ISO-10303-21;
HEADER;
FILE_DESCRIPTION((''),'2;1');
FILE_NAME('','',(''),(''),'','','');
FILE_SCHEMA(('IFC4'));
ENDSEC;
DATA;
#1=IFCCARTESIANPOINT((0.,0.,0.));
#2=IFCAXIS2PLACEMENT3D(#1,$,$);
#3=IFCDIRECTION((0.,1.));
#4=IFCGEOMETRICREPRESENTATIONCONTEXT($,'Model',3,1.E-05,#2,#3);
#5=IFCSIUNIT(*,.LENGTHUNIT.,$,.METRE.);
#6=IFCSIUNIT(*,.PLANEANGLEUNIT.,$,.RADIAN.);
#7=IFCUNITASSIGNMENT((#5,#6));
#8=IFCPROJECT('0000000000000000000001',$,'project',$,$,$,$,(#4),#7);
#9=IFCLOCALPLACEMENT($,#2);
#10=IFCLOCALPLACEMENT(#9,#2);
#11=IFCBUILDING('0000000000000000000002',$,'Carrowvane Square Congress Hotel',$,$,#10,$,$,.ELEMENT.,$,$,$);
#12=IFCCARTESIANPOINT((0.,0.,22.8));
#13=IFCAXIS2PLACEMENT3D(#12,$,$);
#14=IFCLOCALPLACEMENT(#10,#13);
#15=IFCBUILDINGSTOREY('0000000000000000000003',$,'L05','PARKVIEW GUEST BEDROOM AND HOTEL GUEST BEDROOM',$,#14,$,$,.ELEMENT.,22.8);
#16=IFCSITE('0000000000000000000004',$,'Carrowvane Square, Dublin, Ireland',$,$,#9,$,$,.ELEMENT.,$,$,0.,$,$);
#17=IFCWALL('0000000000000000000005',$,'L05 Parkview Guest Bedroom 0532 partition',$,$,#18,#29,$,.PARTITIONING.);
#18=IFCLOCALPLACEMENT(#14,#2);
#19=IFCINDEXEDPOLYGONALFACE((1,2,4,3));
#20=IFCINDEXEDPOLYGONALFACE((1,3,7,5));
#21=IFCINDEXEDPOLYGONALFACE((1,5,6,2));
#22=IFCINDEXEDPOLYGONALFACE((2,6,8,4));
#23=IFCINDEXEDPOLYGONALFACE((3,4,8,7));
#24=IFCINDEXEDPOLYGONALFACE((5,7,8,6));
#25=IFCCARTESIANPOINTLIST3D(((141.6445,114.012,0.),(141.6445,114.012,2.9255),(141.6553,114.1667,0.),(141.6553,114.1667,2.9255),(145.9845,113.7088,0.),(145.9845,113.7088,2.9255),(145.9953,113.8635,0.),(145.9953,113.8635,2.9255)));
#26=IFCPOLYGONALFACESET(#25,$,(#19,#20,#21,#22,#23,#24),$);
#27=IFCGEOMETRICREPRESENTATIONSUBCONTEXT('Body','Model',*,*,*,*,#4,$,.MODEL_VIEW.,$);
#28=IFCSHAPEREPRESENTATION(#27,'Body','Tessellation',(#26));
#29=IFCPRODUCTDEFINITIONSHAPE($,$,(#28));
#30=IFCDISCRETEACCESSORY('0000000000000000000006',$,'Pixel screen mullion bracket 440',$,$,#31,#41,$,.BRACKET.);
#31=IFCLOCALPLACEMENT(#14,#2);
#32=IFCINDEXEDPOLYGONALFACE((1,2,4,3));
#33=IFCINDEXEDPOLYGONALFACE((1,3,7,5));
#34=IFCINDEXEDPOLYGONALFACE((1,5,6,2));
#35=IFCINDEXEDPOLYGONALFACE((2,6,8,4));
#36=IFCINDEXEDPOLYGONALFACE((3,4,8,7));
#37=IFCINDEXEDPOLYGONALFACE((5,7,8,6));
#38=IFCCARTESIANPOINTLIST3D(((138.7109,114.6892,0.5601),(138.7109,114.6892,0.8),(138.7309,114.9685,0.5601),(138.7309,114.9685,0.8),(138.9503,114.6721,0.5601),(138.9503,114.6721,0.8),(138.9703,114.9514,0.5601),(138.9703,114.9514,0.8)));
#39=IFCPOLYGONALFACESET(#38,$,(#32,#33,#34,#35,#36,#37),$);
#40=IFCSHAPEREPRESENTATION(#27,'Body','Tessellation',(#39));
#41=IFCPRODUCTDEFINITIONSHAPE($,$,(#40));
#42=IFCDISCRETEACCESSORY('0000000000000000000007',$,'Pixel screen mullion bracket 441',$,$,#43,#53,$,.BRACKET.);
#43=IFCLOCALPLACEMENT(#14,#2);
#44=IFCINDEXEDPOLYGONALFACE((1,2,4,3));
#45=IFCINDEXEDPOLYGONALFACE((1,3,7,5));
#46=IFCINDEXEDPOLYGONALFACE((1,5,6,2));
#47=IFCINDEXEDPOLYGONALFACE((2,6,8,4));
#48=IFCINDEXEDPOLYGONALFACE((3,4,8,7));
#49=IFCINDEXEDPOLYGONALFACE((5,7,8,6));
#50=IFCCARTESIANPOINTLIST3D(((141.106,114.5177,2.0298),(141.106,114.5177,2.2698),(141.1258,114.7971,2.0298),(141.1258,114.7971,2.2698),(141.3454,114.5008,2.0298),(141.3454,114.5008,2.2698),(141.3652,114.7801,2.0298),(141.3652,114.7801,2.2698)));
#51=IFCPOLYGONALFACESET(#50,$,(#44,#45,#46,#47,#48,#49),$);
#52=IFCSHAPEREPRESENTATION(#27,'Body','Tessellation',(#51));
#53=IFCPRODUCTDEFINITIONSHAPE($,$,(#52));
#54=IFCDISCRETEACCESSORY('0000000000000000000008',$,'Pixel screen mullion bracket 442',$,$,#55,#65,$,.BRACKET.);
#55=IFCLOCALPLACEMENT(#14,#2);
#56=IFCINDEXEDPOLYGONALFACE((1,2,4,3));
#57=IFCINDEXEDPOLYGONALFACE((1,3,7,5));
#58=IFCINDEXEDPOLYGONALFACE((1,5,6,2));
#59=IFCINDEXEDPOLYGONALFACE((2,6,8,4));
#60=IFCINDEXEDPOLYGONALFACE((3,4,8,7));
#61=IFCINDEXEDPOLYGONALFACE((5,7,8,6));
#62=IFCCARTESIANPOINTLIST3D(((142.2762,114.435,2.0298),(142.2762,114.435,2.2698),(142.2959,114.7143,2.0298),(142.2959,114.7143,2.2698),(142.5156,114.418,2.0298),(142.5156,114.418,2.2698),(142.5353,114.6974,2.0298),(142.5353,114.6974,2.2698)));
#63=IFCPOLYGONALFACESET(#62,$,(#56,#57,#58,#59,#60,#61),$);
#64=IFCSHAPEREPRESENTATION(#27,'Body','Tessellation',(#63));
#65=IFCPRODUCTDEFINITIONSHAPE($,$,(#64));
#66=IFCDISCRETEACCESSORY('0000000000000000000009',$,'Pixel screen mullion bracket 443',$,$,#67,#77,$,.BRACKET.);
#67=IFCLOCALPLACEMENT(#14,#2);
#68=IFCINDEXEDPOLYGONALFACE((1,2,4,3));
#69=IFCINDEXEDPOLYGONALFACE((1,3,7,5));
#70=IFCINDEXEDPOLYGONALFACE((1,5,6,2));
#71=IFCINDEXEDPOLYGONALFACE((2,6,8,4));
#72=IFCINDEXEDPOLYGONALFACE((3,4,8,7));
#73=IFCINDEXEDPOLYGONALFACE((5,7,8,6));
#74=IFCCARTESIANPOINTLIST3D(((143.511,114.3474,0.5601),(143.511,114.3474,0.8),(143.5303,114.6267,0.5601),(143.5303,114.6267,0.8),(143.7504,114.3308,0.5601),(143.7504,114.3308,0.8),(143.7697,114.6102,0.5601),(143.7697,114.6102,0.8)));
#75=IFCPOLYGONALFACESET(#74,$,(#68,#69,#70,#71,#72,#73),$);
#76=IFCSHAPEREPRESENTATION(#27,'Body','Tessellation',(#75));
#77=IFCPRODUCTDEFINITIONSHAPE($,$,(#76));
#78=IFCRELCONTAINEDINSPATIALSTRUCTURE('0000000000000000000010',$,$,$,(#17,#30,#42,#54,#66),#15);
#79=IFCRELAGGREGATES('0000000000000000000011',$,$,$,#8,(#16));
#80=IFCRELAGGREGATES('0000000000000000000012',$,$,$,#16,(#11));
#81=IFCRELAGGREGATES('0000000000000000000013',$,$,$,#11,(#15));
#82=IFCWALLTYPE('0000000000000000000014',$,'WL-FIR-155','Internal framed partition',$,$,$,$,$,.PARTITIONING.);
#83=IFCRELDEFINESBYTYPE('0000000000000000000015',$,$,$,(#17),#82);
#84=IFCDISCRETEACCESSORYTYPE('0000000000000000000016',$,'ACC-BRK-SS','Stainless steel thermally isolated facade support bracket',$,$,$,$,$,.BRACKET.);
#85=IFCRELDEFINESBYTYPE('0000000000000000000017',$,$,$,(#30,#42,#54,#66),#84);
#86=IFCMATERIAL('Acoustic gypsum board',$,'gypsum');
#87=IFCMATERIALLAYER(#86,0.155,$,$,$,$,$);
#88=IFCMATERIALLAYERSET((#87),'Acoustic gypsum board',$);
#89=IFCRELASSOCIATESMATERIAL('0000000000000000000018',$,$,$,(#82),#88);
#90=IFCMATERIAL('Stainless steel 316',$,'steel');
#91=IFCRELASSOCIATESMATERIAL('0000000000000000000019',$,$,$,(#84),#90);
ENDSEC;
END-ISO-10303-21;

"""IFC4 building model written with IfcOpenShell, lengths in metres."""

from ifc_helpers import new_model, si_unit, direction, frame, frame_2d, origin, origin_2d, place, context, subcontext, project, spatial, rectangle, extrude, material, layer, layer_set, type_object, element, save


model = new_model("IFC4")

# Units and contexts
model_context = context("Model", 3, precision=1e-05, world=origin(), true_north=direction((0.0, 1.0)))
body_context = subcontext(model_context, "Body", "Model", "MODEL_VIEW")
ifc_project = project(units=[si_unit("LENGTHUNIT", "METRE"), si_unit("PLANEANGLEUNIT", "RADIAN")], contexts=[model_context])

# Site, building, storey
site_placement = place(None, origin())
site = spatial("IfcSite", under=ifc_project, at=site_placement, Name="Carrowvane Square, Dublin, Ireland", CompositionType="ELEMENT", RefElevation=0.0)
building_placement = place(site_placement, origin())
building = spatial("IfcBuilding", under=site, at=building_placement, Name="Carrowvane Square Congress Hotel", CompositionType="ELEMENT")
storey_placement = place(building_placement, frame((0.0, 0.0, 22.8)))
storey = spatial("IfcBuildingStorey", under=building, at=storey_placement, Name="L05", Description="PARKVIEW GUEST BEDROOM AND HOTEL GUEST BEDROOM", CompositionType="ELEMENT", Elevation=22.8)

# Wall
ifc_material_1 = material(Name="Acoustic gypsum board", Category="gypsum")
ifc_layer_1 = layer(ifc_material_1, 0.155)
ifc_layer_set_1 = layer_set([ifc_layer_1], Name="Acoustic gypsum board")
wall_type = type_object("IfcWallType", Name="WL-FIR-155", Description="Internal framed partition", PredefinedType="PARTITIONING", material=ifc_layer_set_1)
wall_1_placement = place(storey_placement, frame((141.6499, 114.0894, 0.0), z_axis=(0.0, 0.0, 1.0), x_axis=(0.997568, -0.069696, 0.0)))
element("IfcWall", 1, at=wall_1_placement, inside=storey, type_object=wall_type, Name="L05 Parkview Guest Bedroom 0532 partition", PredefinedType="PARTITIONING", context=body_context, shape_type="SweptSolid", body=[
    extrude(rectangle(XDim=4.3506, YDim=0.155, at=frame_2d((2.1753, 0.0))), origin(), (0.0, 0.0, 1.0), 2.9255),
])

# Discrete accessories
ifc_material_2 = material(Name="Stainless steel 316", Category="steel")
discrete_accessory_type = type_object("IfcDiscreteAccessoryType", Name="ACC-BRK-SS", Description="Stainless steel thermally isolated facade support bracket", PredefinedType="BRACKET", material=ifc_material_2)
for number, where, z_axis, x_axis, name in (
    (2, (138.8406, 114.8203, 0.5601), (0.0, 0.0, 1.0), (0.997446, -0.07142, 0.0), "Pixel screen mullion bracket 440"),
    (3, (141.2356, 114.6489, 2.0298), (0.0, 0.0, 1.0), (0.997506, -0.070585, 0.0), "Pixel screen mullion bracket 441"),
    (4, (142.4058, 114.5662, 2.0298), (0.0, 0.0, 1.0), (0.997506, -0.070585, 0.0), "Pixel screen mullion bracket 442"),
    (5, (143.6404, 114.4788, 0.5601), (0.0, 0.0, 1.0), (0.997618, -0.068987, 0.0), "Pixel screen mullion bracket 443"),
):
    element("IfcDiscreteAccessory", number, at=place(storey_placement, frame(where, z_axis=z_axis, x_axis=x_axis)), inside=storey, type_object=discrete_accessory_type, Name=name, PredefinedType="BRACKET", context=body_context, shape_type="SweptSolid", body=[
        extrude(rectangle(XDim=0.24, YDim=0.28, at=origin_2d()), origin(), (0.0, 0.0, 1.0), 0.24),
    ])

save(model, "model.ifc")
